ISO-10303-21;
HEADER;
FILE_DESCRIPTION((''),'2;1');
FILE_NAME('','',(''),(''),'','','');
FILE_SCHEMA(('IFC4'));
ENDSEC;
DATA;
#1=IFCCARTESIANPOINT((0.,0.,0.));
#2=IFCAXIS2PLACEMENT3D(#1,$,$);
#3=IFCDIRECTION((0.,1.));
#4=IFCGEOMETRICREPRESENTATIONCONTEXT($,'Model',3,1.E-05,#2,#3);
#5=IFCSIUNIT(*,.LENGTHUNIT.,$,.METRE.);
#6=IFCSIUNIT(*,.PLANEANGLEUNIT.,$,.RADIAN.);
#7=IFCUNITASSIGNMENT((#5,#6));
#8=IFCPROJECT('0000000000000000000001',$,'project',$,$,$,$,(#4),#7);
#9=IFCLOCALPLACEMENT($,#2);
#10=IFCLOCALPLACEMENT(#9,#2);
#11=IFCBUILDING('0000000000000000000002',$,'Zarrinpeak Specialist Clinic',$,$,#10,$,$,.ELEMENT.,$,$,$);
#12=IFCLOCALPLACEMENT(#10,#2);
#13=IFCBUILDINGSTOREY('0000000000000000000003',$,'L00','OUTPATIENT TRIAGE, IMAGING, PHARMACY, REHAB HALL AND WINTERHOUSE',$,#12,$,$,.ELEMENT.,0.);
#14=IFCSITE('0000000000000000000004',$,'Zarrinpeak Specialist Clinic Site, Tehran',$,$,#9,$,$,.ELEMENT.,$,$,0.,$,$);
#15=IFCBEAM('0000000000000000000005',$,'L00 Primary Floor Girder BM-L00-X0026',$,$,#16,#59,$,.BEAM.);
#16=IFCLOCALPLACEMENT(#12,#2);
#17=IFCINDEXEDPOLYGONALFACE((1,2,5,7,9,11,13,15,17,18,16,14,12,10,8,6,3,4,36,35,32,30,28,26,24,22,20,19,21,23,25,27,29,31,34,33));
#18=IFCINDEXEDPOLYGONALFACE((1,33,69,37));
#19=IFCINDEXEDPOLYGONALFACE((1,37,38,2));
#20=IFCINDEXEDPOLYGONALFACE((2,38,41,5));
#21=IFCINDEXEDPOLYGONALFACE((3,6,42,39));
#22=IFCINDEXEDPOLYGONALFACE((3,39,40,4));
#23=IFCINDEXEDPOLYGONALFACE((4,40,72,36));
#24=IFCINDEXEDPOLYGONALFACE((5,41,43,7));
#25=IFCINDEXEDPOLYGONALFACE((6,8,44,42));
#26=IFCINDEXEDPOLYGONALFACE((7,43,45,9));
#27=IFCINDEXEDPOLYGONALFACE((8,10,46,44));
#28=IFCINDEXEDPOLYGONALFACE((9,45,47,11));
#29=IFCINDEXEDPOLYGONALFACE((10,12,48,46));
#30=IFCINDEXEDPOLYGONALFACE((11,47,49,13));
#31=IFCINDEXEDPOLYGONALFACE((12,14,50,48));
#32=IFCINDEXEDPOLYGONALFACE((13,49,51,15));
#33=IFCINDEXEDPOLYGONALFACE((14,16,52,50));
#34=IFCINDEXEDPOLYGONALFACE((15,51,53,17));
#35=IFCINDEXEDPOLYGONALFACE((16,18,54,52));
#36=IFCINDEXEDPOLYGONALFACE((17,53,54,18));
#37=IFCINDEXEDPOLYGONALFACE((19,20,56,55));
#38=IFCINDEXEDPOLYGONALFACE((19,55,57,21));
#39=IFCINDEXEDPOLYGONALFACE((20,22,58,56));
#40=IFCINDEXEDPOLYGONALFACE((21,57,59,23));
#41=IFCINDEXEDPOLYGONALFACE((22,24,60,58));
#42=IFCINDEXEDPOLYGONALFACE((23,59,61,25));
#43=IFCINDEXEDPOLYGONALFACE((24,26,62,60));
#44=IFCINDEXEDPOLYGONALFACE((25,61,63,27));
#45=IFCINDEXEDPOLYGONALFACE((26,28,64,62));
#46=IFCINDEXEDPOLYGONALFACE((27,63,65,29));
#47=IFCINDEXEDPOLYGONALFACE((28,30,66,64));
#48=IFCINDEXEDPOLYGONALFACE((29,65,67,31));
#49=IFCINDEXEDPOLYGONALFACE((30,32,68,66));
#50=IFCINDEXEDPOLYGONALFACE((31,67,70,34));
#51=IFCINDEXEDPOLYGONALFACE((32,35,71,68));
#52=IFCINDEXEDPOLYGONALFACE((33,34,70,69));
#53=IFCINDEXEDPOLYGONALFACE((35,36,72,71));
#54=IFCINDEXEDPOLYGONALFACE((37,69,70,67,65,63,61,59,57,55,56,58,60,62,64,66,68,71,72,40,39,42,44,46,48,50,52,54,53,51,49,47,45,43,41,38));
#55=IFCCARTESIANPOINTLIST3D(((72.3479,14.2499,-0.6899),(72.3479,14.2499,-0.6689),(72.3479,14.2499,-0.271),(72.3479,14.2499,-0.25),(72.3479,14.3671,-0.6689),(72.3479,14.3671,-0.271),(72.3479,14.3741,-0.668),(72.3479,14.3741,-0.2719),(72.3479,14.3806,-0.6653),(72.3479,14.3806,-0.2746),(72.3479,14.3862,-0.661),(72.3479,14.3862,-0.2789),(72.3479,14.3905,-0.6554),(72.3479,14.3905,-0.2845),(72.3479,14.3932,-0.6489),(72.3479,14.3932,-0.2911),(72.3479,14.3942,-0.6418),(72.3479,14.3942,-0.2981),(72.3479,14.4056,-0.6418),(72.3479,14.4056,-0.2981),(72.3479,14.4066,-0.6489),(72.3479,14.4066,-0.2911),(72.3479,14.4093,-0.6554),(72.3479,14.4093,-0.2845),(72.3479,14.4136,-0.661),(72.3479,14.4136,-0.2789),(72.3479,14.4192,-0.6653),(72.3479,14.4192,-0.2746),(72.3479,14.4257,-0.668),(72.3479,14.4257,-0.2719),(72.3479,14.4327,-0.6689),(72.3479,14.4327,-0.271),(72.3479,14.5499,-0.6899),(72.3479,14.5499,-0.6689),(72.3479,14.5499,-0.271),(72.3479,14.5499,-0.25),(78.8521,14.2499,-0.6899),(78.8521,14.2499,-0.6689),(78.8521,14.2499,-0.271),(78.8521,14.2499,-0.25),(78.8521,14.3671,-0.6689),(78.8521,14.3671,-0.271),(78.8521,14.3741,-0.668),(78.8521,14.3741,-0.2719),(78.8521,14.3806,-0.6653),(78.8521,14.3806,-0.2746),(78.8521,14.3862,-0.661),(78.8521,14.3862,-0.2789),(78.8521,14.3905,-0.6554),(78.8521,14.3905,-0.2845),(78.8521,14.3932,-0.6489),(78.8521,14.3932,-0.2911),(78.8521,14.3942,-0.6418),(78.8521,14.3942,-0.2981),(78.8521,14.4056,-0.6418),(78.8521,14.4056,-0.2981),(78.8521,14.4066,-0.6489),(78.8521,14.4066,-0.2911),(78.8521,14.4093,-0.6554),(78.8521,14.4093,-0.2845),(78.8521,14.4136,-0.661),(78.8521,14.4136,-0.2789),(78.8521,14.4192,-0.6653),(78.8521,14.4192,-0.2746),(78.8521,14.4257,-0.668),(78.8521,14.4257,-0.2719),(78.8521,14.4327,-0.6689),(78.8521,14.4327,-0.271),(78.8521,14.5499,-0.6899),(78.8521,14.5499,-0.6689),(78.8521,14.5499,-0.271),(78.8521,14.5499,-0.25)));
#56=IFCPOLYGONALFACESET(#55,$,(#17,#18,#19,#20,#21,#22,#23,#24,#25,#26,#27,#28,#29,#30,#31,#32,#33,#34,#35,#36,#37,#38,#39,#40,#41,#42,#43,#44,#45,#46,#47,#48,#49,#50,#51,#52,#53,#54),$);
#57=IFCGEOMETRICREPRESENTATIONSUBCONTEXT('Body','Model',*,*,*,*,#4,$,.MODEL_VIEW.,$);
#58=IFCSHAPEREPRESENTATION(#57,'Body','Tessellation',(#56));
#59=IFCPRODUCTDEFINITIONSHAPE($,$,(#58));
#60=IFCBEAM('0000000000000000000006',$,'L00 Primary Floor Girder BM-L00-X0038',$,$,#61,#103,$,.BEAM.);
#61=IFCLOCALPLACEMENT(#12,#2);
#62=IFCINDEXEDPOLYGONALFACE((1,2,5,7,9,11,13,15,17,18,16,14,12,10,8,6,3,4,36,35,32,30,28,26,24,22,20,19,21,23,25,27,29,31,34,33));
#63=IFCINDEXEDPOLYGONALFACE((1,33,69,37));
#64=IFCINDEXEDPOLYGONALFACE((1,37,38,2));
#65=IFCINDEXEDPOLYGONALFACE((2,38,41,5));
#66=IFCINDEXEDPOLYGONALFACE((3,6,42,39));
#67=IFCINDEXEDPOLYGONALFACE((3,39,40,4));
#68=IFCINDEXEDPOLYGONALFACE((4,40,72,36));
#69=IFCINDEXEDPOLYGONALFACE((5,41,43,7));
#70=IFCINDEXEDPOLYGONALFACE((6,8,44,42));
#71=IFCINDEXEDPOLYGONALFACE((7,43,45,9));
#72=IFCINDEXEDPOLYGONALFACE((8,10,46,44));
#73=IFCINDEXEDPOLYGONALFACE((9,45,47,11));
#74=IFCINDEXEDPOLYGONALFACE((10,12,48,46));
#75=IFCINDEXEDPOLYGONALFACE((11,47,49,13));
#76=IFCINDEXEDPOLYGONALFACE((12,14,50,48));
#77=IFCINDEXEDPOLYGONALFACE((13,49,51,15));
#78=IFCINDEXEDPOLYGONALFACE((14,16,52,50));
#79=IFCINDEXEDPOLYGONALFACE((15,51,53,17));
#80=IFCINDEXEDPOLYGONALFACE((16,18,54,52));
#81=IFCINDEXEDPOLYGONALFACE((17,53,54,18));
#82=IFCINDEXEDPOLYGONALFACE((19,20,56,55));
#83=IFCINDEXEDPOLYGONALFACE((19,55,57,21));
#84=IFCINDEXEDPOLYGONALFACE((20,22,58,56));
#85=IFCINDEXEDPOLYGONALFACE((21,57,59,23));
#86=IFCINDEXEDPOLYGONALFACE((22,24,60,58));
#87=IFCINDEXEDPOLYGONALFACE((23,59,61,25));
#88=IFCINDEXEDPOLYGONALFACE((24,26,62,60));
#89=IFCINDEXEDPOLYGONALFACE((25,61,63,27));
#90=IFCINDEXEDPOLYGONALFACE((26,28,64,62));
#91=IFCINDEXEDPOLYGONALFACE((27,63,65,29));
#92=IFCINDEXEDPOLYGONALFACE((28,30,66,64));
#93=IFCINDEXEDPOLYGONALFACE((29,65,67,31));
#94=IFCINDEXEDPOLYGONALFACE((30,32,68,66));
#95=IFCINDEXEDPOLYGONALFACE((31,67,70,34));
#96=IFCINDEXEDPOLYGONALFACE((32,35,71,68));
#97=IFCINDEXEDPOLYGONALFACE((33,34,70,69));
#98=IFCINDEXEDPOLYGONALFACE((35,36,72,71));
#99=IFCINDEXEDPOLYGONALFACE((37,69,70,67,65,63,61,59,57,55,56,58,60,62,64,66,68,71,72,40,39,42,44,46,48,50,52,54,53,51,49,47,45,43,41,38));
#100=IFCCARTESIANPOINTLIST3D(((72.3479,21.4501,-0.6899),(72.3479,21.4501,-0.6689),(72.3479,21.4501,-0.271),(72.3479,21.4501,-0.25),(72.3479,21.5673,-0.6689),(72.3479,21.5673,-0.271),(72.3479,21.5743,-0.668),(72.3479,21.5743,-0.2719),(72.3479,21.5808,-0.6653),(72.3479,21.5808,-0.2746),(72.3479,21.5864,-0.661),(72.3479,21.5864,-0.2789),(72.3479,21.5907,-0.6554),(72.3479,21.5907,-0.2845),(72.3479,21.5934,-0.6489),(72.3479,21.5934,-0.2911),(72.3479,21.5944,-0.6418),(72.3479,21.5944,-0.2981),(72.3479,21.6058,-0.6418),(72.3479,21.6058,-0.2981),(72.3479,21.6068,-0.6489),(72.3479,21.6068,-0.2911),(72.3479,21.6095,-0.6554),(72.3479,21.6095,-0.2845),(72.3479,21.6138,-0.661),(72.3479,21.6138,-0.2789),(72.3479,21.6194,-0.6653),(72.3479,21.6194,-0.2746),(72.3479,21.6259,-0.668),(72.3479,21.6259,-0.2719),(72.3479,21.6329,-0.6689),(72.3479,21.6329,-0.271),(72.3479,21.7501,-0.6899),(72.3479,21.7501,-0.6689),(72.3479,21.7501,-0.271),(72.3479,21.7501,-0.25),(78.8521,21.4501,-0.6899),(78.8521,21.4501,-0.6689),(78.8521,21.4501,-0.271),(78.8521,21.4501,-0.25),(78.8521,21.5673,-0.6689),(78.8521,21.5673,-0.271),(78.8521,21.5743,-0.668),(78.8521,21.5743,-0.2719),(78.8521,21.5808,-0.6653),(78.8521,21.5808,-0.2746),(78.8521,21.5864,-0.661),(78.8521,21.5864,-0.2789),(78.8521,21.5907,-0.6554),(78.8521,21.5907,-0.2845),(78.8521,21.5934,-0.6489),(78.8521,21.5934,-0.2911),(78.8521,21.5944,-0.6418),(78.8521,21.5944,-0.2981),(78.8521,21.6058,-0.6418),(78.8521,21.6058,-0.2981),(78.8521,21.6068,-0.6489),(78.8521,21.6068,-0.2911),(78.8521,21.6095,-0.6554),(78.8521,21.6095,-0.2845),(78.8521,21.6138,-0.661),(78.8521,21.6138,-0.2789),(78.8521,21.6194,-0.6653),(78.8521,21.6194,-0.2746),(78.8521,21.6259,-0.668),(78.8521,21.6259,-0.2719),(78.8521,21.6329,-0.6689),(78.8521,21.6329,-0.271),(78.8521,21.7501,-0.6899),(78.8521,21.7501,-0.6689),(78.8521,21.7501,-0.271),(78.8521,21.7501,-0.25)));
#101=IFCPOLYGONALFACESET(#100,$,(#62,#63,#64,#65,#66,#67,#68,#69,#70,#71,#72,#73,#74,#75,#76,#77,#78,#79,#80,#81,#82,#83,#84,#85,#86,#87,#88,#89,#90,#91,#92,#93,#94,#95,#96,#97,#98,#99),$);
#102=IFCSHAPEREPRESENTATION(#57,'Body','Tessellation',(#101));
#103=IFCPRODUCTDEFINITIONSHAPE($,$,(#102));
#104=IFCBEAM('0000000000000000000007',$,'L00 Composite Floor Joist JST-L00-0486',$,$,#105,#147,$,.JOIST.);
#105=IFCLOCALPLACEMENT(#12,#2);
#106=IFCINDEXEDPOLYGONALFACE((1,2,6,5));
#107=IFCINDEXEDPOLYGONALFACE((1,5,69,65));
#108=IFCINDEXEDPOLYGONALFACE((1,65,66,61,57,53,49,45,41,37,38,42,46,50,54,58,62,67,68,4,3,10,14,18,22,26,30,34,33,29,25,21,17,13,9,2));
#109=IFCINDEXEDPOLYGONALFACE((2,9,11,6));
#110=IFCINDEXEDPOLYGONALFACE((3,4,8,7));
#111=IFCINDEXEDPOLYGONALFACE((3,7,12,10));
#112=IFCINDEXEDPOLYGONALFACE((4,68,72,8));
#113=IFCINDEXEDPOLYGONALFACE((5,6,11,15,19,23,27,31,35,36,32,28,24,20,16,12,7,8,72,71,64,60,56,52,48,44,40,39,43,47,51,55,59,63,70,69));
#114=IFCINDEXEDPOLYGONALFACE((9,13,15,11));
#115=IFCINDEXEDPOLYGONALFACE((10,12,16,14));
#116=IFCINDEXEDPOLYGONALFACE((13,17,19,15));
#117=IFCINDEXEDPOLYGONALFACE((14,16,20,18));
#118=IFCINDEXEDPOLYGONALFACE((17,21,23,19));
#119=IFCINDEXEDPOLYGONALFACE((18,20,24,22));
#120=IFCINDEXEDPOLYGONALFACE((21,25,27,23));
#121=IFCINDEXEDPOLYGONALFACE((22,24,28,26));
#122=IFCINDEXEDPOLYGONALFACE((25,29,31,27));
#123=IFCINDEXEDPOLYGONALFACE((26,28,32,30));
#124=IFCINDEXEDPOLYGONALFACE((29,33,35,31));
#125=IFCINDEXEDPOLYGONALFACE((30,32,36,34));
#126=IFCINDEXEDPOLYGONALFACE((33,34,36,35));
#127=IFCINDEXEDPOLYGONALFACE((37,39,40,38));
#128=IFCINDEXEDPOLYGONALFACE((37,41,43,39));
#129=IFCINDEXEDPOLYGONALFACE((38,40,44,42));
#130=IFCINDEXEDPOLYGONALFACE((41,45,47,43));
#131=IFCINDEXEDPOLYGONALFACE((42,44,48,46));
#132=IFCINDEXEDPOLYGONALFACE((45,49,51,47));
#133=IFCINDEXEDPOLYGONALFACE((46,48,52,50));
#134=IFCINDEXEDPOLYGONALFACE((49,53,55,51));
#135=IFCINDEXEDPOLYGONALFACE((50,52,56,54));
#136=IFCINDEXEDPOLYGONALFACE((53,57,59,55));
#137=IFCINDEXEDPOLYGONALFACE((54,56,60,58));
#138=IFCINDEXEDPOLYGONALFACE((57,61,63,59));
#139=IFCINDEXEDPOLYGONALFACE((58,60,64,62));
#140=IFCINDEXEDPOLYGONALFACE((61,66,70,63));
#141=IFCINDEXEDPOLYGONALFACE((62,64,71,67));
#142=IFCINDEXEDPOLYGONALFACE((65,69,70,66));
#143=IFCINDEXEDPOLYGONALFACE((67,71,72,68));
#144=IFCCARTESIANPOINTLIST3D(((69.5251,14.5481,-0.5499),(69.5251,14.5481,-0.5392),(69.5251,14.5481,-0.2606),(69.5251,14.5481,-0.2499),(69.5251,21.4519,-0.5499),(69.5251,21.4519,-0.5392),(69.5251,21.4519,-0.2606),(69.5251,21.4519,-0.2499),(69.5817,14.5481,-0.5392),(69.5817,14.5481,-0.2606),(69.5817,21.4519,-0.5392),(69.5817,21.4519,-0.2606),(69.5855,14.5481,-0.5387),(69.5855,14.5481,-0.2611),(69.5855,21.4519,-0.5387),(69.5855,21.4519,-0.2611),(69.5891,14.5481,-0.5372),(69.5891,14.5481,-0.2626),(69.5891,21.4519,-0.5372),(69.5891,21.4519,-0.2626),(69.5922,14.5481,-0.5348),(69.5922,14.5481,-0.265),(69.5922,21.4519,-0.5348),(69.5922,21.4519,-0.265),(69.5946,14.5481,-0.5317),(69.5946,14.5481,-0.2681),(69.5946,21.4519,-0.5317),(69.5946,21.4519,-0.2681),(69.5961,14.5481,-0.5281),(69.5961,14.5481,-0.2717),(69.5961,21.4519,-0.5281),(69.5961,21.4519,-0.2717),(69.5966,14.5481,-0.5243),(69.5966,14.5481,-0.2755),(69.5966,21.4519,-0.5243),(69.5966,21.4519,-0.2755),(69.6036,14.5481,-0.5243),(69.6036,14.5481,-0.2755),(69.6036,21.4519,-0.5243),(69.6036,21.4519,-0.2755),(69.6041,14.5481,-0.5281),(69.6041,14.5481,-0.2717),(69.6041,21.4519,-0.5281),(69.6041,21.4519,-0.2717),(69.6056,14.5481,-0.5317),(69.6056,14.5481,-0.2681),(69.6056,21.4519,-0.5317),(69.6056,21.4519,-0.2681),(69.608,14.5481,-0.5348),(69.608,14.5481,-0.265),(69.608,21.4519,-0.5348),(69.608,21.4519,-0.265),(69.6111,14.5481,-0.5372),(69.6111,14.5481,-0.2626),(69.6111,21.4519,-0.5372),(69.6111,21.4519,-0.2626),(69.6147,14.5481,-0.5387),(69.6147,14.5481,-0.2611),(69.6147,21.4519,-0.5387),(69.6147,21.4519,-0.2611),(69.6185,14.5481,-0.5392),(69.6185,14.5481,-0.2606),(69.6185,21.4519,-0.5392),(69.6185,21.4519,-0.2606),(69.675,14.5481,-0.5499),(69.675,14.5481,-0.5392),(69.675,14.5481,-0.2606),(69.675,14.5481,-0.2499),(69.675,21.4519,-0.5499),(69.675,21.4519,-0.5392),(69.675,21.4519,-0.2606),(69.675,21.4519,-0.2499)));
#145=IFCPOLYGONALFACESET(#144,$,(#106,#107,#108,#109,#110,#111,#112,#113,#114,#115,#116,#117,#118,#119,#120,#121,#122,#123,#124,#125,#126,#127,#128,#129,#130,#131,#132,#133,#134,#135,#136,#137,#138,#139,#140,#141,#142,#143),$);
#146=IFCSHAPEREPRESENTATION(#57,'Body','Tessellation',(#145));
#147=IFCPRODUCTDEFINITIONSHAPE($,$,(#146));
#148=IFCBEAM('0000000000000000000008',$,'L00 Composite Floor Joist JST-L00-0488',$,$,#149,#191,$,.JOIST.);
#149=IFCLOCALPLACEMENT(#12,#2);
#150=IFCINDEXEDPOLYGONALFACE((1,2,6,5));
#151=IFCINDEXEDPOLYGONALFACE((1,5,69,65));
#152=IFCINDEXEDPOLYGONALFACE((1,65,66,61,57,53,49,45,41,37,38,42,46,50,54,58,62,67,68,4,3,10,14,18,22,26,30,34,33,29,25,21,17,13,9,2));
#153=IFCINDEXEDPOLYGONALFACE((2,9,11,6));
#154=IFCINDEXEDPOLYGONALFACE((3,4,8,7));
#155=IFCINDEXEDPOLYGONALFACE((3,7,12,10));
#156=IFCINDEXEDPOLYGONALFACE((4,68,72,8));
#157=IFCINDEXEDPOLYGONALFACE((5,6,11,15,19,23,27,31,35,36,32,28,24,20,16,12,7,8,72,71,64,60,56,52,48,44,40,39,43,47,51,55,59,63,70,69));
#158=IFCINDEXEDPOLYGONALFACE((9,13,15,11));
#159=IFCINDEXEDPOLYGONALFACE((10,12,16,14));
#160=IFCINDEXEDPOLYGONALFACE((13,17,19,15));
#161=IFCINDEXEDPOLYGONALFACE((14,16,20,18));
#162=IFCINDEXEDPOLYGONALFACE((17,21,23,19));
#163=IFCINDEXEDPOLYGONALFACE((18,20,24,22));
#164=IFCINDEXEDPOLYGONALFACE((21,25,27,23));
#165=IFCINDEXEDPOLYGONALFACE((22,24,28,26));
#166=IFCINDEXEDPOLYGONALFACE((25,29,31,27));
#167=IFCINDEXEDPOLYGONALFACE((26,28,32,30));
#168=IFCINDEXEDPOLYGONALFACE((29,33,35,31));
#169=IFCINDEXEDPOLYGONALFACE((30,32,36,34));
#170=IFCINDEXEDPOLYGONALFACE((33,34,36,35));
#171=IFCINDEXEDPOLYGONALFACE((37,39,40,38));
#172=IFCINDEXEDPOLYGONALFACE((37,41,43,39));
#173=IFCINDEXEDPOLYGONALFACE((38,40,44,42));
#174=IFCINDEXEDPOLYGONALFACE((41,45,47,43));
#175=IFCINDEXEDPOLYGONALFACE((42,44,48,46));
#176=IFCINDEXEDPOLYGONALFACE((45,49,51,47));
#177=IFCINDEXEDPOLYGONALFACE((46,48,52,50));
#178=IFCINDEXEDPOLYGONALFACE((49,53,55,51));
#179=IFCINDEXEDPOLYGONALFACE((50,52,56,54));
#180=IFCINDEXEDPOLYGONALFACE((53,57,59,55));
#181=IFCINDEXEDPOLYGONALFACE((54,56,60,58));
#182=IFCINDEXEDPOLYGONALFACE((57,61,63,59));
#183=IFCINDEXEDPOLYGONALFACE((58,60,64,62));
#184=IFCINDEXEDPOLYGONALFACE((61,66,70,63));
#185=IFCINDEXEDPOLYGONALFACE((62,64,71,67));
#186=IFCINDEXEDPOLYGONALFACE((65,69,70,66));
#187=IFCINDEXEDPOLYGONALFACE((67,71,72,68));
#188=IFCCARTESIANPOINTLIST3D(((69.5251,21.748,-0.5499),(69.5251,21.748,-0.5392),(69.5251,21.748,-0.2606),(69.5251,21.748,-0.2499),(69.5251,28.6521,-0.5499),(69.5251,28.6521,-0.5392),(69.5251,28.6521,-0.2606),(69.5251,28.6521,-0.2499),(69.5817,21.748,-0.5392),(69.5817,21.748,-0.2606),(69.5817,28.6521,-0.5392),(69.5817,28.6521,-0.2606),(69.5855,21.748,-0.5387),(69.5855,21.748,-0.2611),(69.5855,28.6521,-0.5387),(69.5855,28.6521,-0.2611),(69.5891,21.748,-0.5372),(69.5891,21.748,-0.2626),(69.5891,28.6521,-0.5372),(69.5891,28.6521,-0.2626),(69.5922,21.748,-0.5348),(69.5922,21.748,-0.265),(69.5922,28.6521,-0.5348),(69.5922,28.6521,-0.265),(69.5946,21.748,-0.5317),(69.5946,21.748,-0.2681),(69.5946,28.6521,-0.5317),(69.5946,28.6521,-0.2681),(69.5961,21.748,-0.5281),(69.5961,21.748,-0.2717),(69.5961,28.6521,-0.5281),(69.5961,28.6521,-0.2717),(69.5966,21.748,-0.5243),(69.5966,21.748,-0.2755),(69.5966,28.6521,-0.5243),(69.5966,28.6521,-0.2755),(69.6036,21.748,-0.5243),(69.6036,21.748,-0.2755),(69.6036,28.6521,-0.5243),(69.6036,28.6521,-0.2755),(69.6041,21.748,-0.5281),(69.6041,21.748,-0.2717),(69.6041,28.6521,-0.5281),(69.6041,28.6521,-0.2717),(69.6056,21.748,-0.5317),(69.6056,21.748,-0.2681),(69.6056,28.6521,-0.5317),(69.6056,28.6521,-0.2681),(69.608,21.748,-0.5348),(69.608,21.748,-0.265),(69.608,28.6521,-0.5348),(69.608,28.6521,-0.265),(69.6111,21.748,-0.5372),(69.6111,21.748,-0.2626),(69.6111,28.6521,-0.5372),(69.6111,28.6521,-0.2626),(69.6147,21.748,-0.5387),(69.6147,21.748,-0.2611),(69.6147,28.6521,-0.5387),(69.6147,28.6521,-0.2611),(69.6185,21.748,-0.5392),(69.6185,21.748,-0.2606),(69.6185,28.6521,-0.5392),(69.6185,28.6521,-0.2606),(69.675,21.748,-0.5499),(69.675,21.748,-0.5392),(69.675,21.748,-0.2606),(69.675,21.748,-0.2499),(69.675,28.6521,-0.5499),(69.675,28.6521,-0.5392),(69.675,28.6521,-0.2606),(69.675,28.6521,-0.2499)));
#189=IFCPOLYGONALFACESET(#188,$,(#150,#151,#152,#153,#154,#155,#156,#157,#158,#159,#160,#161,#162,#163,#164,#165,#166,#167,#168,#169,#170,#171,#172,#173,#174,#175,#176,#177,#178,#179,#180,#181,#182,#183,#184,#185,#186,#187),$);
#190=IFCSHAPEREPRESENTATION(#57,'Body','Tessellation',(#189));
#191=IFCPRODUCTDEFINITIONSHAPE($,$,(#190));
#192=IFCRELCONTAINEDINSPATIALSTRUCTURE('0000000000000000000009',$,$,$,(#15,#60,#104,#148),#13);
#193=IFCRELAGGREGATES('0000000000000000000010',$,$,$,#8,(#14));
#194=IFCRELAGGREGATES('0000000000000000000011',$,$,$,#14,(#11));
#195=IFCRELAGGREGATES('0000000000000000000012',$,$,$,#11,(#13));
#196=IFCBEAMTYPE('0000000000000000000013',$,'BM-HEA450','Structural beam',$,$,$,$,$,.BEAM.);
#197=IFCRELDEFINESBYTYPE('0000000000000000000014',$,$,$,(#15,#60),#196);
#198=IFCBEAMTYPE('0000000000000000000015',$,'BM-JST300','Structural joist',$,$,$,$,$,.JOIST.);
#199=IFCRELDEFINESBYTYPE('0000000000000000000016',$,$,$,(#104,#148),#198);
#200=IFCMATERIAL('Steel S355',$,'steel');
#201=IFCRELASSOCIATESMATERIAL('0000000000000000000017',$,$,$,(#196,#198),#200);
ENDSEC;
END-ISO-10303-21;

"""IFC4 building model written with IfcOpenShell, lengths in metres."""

from ifc_helpers import new_model, si_unit, direction, frame, origin, origin_2d, place, context, subcontext, project, spatial, i_section, extrude, material, material_profile, profile_set, type_object, element, save


model = new_model("IFC4")

# Units and contexts
model_context = context("Model", 3, precision=1e-05, world=origin(), true_north=direction((0.0, 1.0)))
body_context = subcontext(model_context, "Body", "Model", "MODEL_VIEW")
ifc_project = project(units=[si_unit("LENGTHUNIT", "METRE"), si_unit("PLANEANGLEUNIT", "RADIAN")], contexts=[model_context])

# Site, building, storey
site_placement = place(None, origin())
site = spatial("IfcSite", under=ifc_project, at=site_placement, Name="Zarrinpeak Specialist Clinic Site, Tehran", CompositionType="ELEMENT", RefElevation=0.0)
building_placement = place(site_placement, origin())
building = spatial("IfcBuilding", under=site, at=building_placement, Name="Zarrinpeak Specialist Clinic", CompositionType="ELEMENT")
storey_placement = place(building_placement, origin())
storey = spatial("IfcBuildingStorey", under=building, at=storey_placement, Name="L00", Description="OUTPATIENT TRIAGE, IMAGING, PHARMACY, REHAB HALL AND WINTERHOUSE", CompositionType="ELEMENT", Elevation=0.0)

# Shared definitions
ifc_material_1 = material(Name="Steel S355", Category="steel")

# Beams
ifc_material_profile_1 = material_profile(ifc_material_1, i_section(OverallWidth=0.3, OverallDepth=0.4399, WebThickness=0.0115, FlangeThickness=0.021, FilletRadius=0.0271, at=origin_2d()), Name="HEA 450")
ifc_profile_set_1 = profile_set([ifc_material_profile_1], Name="Steel S355")
beam_type_1 = type_object("IfcBeamType", Name="BM-HEA450", Description="Structural beam", PredefinedType="BEAM", material=ifc_profile_set_1)
for number, where, z_axis, x_axis, name in (
    (1, (72.3479, 14.3999, -0.47), (1.0, 0.0, 0.0), (0.0, 1.0, 0.0), "L00 Primary Floor Girder BM-L00-X0026"),
    (2, (72.3479, 21.6001, -0.47), (1.0, 0.0, 0.0), (0.0, 1.0, 0.0), "L00 Primary Floor Girder BM-L00-X0038"),
):
    element("IfcBeam", number, at=place(storey_placement, frame(where, z_axis=z_axis, x_axis=x_axis)), inside=storey, type_object=beam_type_1, Name=name, PredefinedType="BEAM", context=body_context, shape_type="SweptSolid", body=[
        extrude(i_section(OverallWidth=0.3, OverallDepth=0.4399, WebThickness=0.0115, FlangeThickness=0.021, FilletRadius=0.0271, at=origin_2d()), origin(), (0.0, 0.0, 1.0), 6.5042),
    ])
ifc_material_profile_2 = material_profile(ifc_material_1, i_section(OverallWidth=0.1499, OverallDepth=0.3, WebThickness=0.0071, FlangeThickness=0.0107, FilletRadius=0.0149, at=origin_2d()), Name="IPE 300")
ifc_profile_set_2 = profile_set([ifc_material_profile_2], Name="Steel S355")
beam_type_2 = type_object("IfcBeamType", Name="BM-JST300", Description="Structural joist", PredefinedType="JOIST", material=ifc_profile_set_2)
beam_1_placement = place(storey_placement, frame((69.6001, 14.5481, -0.3999), z_axis=(0.0, 1.0, 0.0), x_axis=(-1.0, 0.0, 0.0)))
element("IfcBeam", 3, at=beam_1_placement, inside=storey, type_object=beam_type_2, Name="L00 Composite Floor Joist JST-L00-0486", PredefinedType="JOIST", context=body_context, shape_type="SweptSolid", body=[
    extrude(i_section(OverallWidth=0.1499, OverallDepth=0.3, WebThickness=0.0071, FlangeThickness=0.0107, FilletRadius=0.0149, at=origin_2d()), origin(), (0.0, 0.0, 1.0), 6.9038),
])
beam_2_placement = place(storey_placement, frame((69.6001, 21.748, -0.3999), z_axis=(0.0, 1.0, 0.0), x_axis=(-1.0, 0.0, 0.0)))
element("IfcBeam", 4, at=beam_2_placement, inside=storey, type_object=beam_type_2, Name="L00 Composite Floor Joist JST-L00-0488", PredefinedType="JOIST", context=body_context, shape_type="SweptSolid", body=[
    extrude(i_section(OverallWidth=0.1499, OverallDepth=0.3, WebThickness=0.0071, FlangeThickness=0.0107, FilletRadius=0.0149, at=origin_2d()), origin(), (0.0, 0.0, 1.0), 6.9041),
])

save(model, "model.ifc")
